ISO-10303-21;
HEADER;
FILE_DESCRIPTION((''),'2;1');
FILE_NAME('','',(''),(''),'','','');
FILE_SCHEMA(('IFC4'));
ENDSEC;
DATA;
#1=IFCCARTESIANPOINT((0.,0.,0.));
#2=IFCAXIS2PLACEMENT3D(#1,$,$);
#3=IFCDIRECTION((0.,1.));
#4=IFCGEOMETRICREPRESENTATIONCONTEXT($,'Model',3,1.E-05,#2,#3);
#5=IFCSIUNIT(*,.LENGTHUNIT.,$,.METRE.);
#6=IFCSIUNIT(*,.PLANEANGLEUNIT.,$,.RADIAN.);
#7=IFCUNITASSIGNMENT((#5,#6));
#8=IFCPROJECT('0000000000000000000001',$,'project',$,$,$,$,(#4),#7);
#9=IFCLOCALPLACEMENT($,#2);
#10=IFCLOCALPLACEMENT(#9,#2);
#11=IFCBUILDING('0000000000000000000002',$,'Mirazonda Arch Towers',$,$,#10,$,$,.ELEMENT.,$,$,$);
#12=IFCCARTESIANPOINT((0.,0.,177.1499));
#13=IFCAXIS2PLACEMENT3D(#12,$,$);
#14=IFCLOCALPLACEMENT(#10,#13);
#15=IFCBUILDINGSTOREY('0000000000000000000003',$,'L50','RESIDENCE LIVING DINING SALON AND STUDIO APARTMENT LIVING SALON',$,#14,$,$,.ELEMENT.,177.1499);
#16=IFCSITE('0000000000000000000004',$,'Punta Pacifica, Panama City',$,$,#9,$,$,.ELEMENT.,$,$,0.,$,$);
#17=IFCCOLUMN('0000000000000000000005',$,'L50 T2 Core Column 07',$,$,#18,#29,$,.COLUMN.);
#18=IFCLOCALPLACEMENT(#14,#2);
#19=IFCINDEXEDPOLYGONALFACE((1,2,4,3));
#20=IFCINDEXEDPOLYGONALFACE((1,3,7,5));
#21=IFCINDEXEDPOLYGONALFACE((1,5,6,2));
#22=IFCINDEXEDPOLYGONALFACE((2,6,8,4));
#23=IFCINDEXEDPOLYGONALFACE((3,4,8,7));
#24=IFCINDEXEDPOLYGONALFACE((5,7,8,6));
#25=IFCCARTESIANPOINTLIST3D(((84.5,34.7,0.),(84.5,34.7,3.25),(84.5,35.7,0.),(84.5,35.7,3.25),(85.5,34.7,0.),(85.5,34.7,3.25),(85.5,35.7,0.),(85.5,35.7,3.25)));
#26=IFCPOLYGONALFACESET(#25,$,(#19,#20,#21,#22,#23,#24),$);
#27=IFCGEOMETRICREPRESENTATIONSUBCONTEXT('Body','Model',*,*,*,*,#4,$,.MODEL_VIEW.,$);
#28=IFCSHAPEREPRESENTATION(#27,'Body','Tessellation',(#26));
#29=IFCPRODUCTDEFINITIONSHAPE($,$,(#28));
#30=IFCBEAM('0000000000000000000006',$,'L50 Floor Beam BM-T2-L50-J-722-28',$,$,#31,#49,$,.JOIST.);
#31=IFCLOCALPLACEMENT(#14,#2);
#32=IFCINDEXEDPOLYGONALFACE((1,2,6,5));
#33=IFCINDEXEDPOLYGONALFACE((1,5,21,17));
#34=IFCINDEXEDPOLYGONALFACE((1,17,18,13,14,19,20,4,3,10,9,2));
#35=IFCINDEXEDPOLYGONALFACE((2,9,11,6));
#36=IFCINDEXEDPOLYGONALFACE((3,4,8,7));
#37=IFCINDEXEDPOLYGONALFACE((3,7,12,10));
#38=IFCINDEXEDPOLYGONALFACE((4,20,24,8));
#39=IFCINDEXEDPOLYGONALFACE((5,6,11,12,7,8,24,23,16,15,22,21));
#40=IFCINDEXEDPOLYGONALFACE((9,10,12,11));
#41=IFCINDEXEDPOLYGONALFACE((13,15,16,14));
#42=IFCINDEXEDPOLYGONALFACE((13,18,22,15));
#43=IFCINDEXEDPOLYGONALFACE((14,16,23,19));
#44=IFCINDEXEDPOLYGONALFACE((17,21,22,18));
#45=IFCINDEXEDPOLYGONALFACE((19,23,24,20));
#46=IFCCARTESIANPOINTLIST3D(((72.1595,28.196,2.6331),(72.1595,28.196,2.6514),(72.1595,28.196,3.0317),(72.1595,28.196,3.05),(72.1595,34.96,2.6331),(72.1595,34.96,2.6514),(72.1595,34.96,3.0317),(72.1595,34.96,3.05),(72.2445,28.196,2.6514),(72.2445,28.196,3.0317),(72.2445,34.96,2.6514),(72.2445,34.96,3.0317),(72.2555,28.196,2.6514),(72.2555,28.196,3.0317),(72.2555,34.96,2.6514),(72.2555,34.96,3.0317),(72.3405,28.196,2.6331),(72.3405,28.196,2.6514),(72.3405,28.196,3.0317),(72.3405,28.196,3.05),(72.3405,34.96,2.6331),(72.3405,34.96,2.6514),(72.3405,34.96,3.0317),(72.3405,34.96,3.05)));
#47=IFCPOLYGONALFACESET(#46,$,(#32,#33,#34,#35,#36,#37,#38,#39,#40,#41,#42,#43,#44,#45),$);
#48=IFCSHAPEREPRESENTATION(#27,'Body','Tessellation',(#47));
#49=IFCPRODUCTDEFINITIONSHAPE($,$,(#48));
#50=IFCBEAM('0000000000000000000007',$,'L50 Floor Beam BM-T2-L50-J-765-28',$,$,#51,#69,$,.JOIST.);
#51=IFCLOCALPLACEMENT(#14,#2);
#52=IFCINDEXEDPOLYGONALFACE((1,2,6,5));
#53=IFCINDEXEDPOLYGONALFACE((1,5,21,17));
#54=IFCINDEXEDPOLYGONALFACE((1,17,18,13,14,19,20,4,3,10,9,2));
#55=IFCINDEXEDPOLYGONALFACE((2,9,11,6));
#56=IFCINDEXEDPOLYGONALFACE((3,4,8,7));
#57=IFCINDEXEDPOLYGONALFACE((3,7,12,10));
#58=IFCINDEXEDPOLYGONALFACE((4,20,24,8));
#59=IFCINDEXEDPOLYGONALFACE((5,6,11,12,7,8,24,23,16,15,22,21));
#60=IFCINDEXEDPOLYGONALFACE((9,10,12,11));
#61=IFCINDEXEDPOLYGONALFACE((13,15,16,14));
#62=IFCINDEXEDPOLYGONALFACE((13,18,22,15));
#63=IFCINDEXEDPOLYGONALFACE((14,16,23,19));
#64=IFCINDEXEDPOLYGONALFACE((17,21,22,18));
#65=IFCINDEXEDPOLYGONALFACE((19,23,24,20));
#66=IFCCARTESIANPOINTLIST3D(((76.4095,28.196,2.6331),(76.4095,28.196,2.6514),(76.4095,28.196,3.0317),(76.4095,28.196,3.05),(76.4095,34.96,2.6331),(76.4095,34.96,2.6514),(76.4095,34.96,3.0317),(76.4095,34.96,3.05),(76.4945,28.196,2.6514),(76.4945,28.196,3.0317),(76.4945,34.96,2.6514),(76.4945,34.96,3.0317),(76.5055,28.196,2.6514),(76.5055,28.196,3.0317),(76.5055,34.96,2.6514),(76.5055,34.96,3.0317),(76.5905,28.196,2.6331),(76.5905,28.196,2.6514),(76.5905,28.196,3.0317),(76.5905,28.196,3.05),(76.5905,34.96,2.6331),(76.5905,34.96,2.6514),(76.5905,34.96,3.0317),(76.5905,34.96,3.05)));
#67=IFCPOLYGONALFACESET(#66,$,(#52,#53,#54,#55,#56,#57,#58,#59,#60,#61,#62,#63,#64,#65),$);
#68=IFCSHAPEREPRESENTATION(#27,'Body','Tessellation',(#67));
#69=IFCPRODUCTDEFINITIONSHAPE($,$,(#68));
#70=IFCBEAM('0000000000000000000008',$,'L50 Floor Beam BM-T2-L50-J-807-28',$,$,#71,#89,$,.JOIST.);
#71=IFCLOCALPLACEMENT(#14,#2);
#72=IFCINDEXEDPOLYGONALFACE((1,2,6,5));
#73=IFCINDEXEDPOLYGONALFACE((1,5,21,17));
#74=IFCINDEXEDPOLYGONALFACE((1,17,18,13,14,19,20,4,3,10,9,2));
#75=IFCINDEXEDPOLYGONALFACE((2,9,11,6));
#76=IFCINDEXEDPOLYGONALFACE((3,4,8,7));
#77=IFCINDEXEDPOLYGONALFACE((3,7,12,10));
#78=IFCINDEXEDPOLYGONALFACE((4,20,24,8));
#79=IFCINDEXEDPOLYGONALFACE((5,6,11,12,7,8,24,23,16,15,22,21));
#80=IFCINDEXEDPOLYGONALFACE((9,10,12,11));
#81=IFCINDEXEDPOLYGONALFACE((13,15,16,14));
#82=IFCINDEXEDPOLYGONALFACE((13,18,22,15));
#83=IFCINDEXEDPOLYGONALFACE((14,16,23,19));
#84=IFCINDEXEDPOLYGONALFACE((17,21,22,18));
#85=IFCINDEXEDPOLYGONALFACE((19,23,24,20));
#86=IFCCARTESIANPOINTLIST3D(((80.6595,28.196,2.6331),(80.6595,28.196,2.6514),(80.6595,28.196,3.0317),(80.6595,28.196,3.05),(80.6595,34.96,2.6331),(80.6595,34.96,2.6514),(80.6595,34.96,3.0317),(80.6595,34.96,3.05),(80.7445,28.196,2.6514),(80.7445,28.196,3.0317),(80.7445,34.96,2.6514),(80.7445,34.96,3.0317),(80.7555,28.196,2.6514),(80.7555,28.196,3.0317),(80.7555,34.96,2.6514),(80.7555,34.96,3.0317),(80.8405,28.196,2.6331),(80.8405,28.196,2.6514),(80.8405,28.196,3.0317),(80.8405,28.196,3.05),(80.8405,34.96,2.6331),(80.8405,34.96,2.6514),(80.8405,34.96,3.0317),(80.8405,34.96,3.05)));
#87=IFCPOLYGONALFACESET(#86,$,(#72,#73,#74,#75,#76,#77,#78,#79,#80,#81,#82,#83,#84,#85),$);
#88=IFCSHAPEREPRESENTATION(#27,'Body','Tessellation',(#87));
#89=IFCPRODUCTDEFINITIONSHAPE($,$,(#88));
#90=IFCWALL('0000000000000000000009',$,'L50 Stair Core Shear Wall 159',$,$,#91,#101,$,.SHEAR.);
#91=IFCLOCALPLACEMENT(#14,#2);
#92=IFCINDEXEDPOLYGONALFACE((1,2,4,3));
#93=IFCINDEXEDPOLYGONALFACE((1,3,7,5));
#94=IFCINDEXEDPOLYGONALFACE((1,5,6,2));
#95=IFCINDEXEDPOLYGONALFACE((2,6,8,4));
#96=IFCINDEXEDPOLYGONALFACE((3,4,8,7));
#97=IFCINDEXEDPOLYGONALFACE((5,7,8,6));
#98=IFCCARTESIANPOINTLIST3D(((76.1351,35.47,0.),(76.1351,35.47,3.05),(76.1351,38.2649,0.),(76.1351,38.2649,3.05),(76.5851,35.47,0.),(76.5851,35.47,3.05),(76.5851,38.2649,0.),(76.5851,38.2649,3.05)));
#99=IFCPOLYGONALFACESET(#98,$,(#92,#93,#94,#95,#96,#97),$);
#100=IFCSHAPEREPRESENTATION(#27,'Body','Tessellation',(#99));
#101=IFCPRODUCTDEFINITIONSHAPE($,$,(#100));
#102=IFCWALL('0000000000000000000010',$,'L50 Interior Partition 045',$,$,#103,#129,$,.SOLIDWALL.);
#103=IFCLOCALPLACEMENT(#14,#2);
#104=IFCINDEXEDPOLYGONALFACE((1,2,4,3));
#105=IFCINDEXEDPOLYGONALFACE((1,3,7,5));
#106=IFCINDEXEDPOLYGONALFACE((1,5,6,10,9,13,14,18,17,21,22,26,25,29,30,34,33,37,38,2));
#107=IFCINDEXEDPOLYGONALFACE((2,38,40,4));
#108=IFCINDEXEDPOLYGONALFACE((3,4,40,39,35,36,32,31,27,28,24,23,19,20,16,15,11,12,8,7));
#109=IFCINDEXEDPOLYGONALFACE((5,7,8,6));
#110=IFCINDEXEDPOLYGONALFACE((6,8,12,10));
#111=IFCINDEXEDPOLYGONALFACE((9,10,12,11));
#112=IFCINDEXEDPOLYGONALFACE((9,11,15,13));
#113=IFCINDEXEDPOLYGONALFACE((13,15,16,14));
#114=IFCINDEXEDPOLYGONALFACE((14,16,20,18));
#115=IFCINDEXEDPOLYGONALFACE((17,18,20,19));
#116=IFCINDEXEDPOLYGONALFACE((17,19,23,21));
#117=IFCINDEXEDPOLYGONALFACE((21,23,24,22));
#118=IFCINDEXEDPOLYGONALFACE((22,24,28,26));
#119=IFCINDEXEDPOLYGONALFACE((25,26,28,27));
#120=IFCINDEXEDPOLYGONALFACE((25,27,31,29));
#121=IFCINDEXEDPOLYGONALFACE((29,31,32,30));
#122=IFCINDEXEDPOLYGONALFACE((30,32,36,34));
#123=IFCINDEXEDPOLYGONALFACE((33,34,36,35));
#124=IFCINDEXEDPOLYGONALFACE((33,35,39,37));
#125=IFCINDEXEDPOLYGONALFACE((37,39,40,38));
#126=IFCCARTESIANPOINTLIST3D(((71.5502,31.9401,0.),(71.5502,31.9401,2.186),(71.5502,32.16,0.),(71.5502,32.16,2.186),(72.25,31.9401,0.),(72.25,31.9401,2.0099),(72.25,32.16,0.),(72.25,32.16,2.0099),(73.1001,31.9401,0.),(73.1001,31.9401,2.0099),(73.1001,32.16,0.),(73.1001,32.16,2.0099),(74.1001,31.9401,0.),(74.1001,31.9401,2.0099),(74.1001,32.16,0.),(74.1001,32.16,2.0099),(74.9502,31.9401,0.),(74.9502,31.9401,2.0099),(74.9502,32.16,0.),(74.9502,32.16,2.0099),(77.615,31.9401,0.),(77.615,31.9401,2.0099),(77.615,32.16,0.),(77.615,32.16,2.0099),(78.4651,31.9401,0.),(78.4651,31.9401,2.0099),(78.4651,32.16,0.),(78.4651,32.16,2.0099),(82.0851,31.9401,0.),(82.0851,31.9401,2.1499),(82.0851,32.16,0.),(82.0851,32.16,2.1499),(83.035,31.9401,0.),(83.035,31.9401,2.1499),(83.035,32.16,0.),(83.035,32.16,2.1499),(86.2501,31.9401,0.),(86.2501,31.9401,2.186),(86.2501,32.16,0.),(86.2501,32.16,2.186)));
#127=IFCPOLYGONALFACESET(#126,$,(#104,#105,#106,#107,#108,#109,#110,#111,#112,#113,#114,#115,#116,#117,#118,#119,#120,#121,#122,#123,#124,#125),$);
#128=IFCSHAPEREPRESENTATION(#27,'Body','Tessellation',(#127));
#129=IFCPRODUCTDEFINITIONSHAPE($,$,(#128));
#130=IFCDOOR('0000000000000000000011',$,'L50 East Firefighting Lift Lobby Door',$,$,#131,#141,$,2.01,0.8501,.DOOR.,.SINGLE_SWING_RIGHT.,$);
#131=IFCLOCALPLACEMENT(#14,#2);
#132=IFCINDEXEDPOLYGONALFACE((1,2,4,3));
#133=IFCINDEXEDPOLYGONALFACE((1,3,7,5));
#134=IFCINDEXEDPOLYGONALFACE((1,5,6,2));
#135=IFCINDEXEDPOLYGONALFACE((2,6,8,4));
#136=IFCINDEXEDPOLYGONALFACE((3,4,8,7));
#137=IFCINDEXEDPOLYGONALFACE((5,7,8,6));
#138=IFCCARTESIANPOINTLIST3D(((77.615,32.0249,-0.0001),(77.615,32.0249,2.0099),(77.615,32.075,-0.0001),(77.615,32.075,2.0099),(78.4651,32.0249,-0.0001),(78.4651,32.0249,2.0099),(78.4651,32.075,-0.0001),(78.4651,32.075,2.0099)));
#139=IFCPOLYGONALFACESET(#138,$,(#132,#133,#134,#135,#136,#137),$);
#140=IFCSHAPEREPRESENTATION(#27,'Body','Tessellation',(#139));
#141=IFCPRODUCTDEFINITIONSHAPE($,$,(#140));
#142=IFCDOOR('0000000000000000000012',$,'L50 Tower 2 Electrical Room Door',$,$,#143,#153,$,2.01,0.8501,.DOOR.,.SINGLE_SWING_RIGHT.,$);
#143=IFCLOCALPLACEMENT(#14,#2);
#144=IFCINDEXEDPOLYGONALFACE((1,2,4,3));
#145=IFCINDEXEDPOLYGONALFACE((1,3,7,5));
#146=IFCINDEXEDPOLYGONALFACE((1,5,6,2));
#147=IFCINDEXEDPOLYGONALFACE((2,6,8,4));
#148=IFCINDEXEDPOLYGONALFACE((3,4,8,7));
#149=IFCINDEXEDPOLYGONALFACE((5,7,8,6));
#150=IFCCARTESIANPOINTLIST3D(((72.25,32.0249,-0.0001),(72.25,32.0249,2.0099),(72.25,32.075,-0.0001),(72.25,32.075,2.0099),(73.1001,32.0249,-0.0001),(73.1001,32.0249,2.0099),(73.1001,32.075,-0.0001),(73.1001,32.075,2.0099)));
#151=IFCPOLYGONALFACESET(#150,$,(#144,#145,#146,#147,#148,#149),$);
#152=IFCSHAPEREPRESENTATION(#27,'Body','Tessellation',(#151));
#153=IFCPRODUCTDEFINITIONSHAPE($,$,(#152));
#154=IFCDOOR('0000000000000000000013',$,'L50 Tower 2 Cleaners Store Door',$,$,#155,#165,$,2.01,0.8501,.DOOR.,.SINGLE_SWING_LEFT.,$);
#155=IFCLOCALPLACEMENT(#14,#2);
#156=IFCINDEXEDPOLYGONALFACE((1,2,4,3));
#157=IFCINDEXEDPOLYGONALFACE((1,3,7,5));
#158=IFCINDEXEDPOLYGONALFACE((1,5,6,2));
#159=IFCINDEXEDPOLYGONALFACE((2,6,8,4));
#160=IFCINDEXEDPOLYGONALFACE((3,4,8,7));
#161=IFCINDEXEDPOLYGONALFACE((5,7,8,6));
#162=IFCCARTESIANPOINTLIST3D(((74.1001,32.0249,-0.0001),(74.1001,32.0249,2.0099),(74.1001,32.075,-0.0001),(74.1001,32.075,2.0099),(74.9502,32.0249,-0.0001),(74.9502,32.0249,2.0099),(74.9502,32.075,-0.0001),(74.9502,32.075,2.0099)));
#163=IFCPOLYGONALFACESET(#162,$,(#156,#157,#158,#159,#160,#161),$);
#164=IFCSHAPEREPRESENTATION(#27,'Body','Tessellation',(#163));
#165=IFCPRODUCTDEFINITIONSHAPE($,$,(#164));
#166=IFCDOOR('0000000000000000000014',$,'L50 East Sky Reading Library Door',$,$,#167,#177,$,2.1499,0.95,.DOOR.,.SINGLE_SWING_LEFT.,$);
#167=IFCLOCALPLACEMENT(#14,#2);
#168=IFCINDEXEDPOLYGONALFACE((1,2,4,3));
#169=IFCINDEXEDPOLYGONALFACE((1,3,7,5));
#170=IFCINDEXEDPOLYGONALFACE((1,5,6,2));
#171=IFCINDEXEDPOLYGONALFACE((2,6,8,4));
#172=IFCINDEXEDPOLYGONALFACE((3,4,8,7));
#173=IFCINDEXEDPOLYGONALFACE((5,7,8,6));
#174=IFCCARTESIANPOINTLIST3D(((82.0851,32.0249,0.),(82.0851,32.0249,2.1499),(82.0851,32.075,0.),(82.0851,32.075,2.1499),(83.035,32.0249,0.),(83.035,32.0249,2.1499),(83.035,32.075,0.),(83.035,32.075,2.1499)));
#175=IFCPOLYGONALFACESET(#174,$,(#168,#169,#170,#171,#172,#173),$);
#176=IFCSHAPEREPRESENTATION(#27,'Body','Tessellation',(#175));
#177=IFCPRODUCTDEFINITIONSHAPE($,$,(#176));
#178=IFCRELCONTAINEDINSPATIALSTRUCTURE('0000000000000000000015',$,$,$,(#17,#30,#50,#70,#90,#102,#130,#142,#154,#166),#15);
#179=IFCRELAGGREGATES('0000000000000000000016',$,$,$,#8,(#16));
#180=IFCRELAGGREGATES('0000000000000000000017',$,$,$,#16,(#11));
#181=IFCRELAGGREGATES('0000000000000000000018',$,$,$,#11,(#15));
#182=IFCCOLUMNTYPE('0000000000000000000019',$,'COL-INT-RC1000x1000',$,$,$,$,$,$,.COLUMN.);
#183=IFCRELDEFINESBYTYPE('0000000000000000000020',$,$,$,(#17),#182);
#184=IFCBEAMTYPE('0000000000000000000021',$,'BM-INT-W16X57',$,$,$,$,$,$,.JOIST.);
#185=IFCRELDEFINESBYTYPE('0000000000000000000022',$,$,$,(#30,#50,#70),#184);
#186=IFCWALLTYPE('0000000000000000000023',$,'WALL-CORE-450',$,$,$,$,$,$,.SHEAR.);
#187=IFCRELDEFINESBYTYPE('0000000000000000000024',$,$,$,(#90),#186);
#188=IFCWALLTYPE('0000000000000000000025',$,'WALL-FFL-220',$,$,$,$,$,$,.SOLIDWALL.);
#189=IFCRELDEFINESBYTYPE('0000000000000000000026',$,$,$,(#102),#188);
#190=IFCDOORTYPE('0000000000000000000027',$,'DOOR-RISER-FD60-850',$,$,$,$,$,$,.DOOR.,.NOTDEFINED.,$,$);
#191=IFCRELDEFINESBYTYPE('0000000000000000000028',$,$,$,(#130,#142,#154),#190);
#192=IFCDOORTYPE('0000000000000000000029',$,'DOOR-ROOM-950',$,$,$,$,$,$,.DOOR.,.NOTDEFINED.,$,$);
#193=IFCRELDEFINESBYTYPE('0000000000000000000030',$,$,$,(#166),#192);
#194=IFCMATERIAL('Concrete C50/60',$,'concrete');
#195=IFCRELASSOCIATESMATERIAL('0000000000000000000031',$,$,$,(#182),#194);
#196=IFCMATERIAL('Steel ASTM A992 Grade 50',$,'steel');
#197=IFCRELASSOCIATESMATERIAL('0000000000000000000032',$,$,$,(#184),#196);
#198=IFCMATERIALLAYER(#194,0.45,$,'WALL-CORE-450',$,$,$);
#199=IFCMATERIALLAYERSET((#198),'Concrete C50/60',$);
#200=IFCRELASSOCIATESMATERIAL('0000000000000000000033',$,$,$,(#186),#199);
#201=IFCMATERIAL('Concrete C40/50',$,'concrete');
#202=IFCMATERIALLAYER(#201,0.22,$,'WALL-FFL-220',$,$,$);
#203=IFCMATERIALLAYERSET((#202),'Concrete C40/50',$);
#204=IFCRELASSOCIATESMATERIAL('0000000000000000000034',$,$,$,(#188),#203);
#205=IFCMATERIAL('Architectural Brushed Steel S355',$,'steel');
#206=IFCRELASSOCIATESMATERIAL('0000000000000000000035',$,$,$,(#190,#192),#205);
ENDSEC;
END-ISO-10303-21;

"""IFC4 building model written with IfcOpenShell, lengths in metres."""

from ifc_helpers import new_model, si_unit, direction, frame, frame_2d, origin, origin_2d, place, context, subcontext, project, spatial, rectangle, i_section, extrude, material, layer, layer_set, material_profile, profile_set, type_object, element, fill, save


model = new_model("IFC4")

# Units and contexts
model_context = context("Model", 3, precision=1e-05, world=origin(), true_north=direction((0.0, 1.0)))
body_context = subcontext(model_context, "Body", "Model", "MODEL_VIEW")
ifc_project = project(units=[si_unit("LENGTHUNIT", "METRE"), si_unit("PLANEANGLEUNIT", "RADIAN")], contexts=[model_context])

# Site, building, storey
site_placement = place(None, origin())
site = spatial("IfcSite", under=ifc_project, at=site_placement, Name="Punta Pacifica, Panama City", CompositionType="ELEMENT", RefElevation=0.0)
building_placement = place(site_placement, origin())
building = spatial("IfcBuilding", under=site, at=building_placement, Name="Mirazonda Arch Towers", CompositionType="ELEMENT")
storey_placement = place(building_placement, frame((0.0, 0.0, 177.1499)))
storey = spatial("IfcBuildingStorey", under=building, at=storey_placement, Name="L50", Description="RESIDENCE LIVING DINING SALON AND STUDIO APARTMENT LIVING SALON", CompositionType="ELEMENT", Elevation=177.1499)

# Column
ifc_material_1 = material(Name="Concrete C50/60", Category="concrete")
ifc_material_profile_1 = material_profile(ifc_material_1, rectangle(XDim=1.0, YDim=1.0, at=origin_2d()), Name="RC1000x1000")
ifc_profile_set_1 = profile_set([ifc_material_profile_1], Name="Concrete C50/60")
column_type = type_object("IfcColumnType", Name="COL-INT-RC1000x1000", PredefinedType="COLUMN", material=ifc_profile_set_1)
column_placement = place(storey_placement, frame((85.0, 35.2, 0.0), z_axis=(0.0, 0.0, 1.0), x_axis=(1.0, 0.0, 0.0)))
element("IfcColumn", 1, at=column_placement, inside=storey, type_object=column_type, Name="L50 T2 Core Column 07", PredefinedType="COLUMN", context=body_context, shape_type="SweptSolid", body=[
    extrude(rectangle(XDim=1.0, YDim=1.0, at=origin_2d()), origin(), (0.0, 0.0, 1.0), 3.25),
])

# Beams
ifc_material_2 = material(Name="Steel ASTM A992 Grade 50", Category="steel")
ifc_material_profile_2 = material_profile(ifc_material_2, i_section(OverallWidth=0.1809, OverallDepth=0.417, WebThickness=0.011, FlangeThickness=0.0183, at=origin_2d()), Name="W16X57")
ifc_profile_set_2 = profile_set([ifc_material_profile_2], Name="Steel ASTM A992 Grade 50")
beam_type = type_object("IfcBeamType", Name="BM-INT-W16X57", PredefinedType="JOIST", material=ifc_profile_set_2)
for number, where, z_axis, x_axis, name in (
    (2, (72.25, 28.196, 2.8416), (0.0, 1.0, 0.0), (-1.0, 0.0, 0.0), "L50 Floor Beam BM-T2-L50-J-722-28"),
    (3, (76.5, 28.196, 2.8416), (0.0, 1.0, 0.0), (-1.0, 0.0, 0.0), "L50 Floor Beam BM-T2-L50-J-765-28"),
    (4, (80.75, 28.196, 2.8416), (0.0, 1.0, 0.0), (-1.0, 0.0, 0.0), "L50 Floor Beam BM-T2-L50-J-807-28"),
):
    element("IfcBeam", number, at=place(storey_placement, frame(where, z_axis=z_axis, x_axis=x_axis)), inside=storey, type_object=beam_type, Name=name, PredefinedType="JOIST", context=body_context, shape_type="SweptSolid", body=[
        extrude(i_section(OverallWidth=0.1809, OverallDepth=0.417, WebThickness=0.011, FlangeThickness=0.0183, at=origin_2d()), origin(), (0.0, 0.0, 1.0), 6.7639),
    ])

# Wall
ifc_layer_1 = layer(ifc_material_1, 0.45, Name="WALL-CORE-450")
ifc_layer_set_1 = layer_set([ifc_layer_1], Name="Concrete C50/60")
wall_type_1 = type_object("IfcWallType", Name="WALL-CORE-450", PredefinedType="SHEAR", material=ifc_layer_set_1)
wall_1_placement = place(storey_placement, frame((76.3601, 35.47, 0.0), z_axis=(0.0, 0.0, 1.0), x_axis=(0.0, 1.0, 0.0)))
element("IfcWall", 5, at=wall_1_placement, inside=storey, type_object=wall_type_1, Name="L50 Stair Core Shear Wall 159", PredefinedType="SHEAR", context=body_context, shape_type="SweptSolid", body=[
    extrude(rectangle(XDim=2.7949, YDim=0.45, at=frame_2d((1.3975, 0.0))), origin(), (0.0, 0.0, 1.0), 3.05),
])

# Wall, openings, doors
ifc_material_3 = material(Name="Concrete C40/50", Category="concrete")
ifc_layer_2 = layer(ifc_material_3, 0.22, Name="WALL-FFL-220")
ifc_layer_set_2 = layer_set([ifc_layer_2], Name="Concrete C40/50")
wall_type_2 = type_object("IfcWallType", Name="WALL-FFL-220", PredefinedType="SOLIDWALL", material=ifc_layer_set_2)
wall_2_placement = place(storey_placement, frame((71.55, 32.05, 0.0), z_axis=(0.0, 0.0, 1.0), x_axis=(1.0, 0.0, 0.0)))
wall_2 = element("IfcWall", 6, at=wall_2_placement, inside=storey, type_object=wall_type_2, Name="L50 Interior Partition 045", PredefinedType="SOLIDWALL", context=body_context, shape_type="SweptSolid", body=[
    extrude(rectangle(XDim=14.7, YDim=0.22, at=frame_2d((7.3501, 0.0))), origin(), (0.0, 0.0, 1.0), 2.186),
])
opening_1_placement = place(wall_2_placement, frame((6.0649, 0.0, 0.0)))
opening_1 = element("IfcOpeningElement", 7, at=opening_1_placement, cuts=wall_2, PredefinedType="OPENING", context=body_context, shape_type="SweptSolid", body=[
    extrude(rectangle(XDim=0.8501, YDim=2.01, at=frame_2d((0.425, 1.0049))), frame((0.0, 0.1199, 0.0), z_axis=(0.0, -1.0, 0.0), x_axis=(1.0, 0.0, 0.0)), (0.0, 0.0, 1.0), 0.24),
])
opening_2_placement = place(wall_2_placement, frame((10.5349, 0.0, 0.0)))
opening_2 = element("IfcOpeningElement", 8, at=opening_2_placement, cuts=wall_2, PredefinedType="OPENING", context=body_context, shape_type="SweptSolid", body=[
    extrude(rectangle(XDim=0.95, YDim=2.1499, at=frame_2d((0.4751, 1.075))), frame((0.0, 0.1199, 0.0), z_axis=(0.0, -1.0, 0.0), x_axis=(1.0, 0.0, 0.0)), (0.0, 0.0, 1.0), 0.24),
])
opening_3_placement = place(wall_2_placement, frame((0.7, 0.0, 0.0)))
opening_3 = element("IfcOpeningElement", 9, at=opening_3_placement, cuts=wall_2, PredefinedType="OPENING", context=body_context, shape_type="SweptSolid", body=[
    extrude(rectangle(XDim=0.8501, YDim=2.01, at=frame_2d((0.425, 1.0049))), frame((0.0, 0.1199, 0.0), z_axis=(0.0, -1.0, 0.0), x_axis=(1.0, 0.0, 0.0)), (0.0, 0.0, 1.0), 0.24),
])
opening_4_placement = place(wall_2_placement, frame((2.55, 0.0, 0.0)))
opening_4 = element("IfcOpeningElement", 10, at=opening_4_placement, cuts=wall_2, PredefinedType="OPENING", context=body_context, shape_type="SweptSolid", body=[
    extrude(rectangle(XDim=0.8501, YDim=2.01, at=frame_2d((0.425, 1.0049))), frame((0.0, 0.1199, 0.0), z_axis=(0.0, -1.0, 0.0), x_axis=(1.0, 0.0, 0.0)), (0.0, 0.0, 1.0), 0.24),
])
ifc_material_4 = material(Name="Architectural Brushed Steel S355", Category="steel")
door_type_1 = type_object("IfcDoorType", Name="DOOR-RISER-FD60-850", OperationType="NOTDEFINED", PredefinedType="DOOR", material=ifc_material_4)
door_1_placement = place(opening_1_placement, origin())
door_1 = element("IfcDoor", 11, at=door_1_placement, inside=storey, type_object=door_type_1, Name="L50 East Firefighting Lift Lobby Door", OperationType="SINGLE_SWING_RIGHT", OverallHeight=2.01, OverallWidth=0.8501, PredefinedType="DOOR", context=body_context, shape_type="SweptSolid", body=[
    extrude(rectangle(XDim=0.8501, YDim=2.01, at=frame_2d((0.425, 1.0049))), frame((0.0, 0.0249, 0.0), z_axis=(0.0, -1.0, 0.0), x_axis=(1.0, 0.0, 0.0)), (0.0, 0.0, 1.0), 0.05),
])
fill(opening_1, door_1)
door_2_placement = place(opening_3_placement, origin())
door_2 = element("IfcDoor", 12, at=door_2_placement, inside=storey, type_object=door_type_1, Name="L50 Tower 2 Electrical Room Door", OperationType="SINGLE_SWING_RIGHT", OverallHeight=2.01, OverallWidth=0.8501, PredefinedType="DOOR", context=body_context, shape_type="SweptSolid", body=[
    extrude(rectangle(XDim=0.8501, YDim=2.01, at=frame_2d((0.425, 1.0049))), frame((0.0, 0.0249, 0.0), z_axis=(0.0, -1.0, 0.0), x_axis=(1.0, 0.0, 0.0)), (0.0, 0.0, 1.0), 0.05),
])
fill(opening_3, door_2)
door_3_placement = place(opening_4_placement, origin())
door_3 = element("IfcDoor", 13, at=door_3_placement, inside=storey, type_object=door_type_1, Name="L50 Tower 2 Cleaners Store Door", OperationType="SINGLE_SWING_LEFT", OverallHeight=2.01, OverallWidth=0.8501, PredefinedType="DOOR", context=body_context, shape_type="SweptSolid", body=[
    extrude(rectangle(XDim=0.8501, YDim=2.01, at=frame_2d((0.425, 1.0049))), frame((0.0, 0.0249, 0.0), z_axis=(0.0, -1.0, 0.0), x_axis=(1.0, 0.0, 0.0)), (0.0, 0.0, 1.0), 0.05),
])
fill(opening_4, door_3)
door_type_2 = type_object("IfcDoorType", Name="DOOR-ROOM-950", OperationType="NOTDEFINED", PredefinedType="DOOR", material=ifc_material_4)
door_4_placement = place(opening_2_placement, origin())
door_4 = element("IfcDoor", 14, at=door_4_placement, inside=storey, type_object=door_type_2, Name="L50 East Sky Reading Library Door", OperationType="SINGLE_SWING_LEFT", OverallHeight=2.1499, OverallWidth=0.95, PredefinedType="DOOR", context=body_context, shape_type="SweptSolid", body=[
    extrude(rectangle(XDim=0.95, YDim=2.1499, at=frame_2d((0.4751, 1.075))), frame((0.0, 0.0249, 0.0), z_axis=(0.0, -1.0, 0.0), x_axis=(1.0, 0.0, 0.0)), (0.0, 0.0, 1.0), 0.05),
])
fill(opening_2, door_4)

save(model, "model.ifc")
